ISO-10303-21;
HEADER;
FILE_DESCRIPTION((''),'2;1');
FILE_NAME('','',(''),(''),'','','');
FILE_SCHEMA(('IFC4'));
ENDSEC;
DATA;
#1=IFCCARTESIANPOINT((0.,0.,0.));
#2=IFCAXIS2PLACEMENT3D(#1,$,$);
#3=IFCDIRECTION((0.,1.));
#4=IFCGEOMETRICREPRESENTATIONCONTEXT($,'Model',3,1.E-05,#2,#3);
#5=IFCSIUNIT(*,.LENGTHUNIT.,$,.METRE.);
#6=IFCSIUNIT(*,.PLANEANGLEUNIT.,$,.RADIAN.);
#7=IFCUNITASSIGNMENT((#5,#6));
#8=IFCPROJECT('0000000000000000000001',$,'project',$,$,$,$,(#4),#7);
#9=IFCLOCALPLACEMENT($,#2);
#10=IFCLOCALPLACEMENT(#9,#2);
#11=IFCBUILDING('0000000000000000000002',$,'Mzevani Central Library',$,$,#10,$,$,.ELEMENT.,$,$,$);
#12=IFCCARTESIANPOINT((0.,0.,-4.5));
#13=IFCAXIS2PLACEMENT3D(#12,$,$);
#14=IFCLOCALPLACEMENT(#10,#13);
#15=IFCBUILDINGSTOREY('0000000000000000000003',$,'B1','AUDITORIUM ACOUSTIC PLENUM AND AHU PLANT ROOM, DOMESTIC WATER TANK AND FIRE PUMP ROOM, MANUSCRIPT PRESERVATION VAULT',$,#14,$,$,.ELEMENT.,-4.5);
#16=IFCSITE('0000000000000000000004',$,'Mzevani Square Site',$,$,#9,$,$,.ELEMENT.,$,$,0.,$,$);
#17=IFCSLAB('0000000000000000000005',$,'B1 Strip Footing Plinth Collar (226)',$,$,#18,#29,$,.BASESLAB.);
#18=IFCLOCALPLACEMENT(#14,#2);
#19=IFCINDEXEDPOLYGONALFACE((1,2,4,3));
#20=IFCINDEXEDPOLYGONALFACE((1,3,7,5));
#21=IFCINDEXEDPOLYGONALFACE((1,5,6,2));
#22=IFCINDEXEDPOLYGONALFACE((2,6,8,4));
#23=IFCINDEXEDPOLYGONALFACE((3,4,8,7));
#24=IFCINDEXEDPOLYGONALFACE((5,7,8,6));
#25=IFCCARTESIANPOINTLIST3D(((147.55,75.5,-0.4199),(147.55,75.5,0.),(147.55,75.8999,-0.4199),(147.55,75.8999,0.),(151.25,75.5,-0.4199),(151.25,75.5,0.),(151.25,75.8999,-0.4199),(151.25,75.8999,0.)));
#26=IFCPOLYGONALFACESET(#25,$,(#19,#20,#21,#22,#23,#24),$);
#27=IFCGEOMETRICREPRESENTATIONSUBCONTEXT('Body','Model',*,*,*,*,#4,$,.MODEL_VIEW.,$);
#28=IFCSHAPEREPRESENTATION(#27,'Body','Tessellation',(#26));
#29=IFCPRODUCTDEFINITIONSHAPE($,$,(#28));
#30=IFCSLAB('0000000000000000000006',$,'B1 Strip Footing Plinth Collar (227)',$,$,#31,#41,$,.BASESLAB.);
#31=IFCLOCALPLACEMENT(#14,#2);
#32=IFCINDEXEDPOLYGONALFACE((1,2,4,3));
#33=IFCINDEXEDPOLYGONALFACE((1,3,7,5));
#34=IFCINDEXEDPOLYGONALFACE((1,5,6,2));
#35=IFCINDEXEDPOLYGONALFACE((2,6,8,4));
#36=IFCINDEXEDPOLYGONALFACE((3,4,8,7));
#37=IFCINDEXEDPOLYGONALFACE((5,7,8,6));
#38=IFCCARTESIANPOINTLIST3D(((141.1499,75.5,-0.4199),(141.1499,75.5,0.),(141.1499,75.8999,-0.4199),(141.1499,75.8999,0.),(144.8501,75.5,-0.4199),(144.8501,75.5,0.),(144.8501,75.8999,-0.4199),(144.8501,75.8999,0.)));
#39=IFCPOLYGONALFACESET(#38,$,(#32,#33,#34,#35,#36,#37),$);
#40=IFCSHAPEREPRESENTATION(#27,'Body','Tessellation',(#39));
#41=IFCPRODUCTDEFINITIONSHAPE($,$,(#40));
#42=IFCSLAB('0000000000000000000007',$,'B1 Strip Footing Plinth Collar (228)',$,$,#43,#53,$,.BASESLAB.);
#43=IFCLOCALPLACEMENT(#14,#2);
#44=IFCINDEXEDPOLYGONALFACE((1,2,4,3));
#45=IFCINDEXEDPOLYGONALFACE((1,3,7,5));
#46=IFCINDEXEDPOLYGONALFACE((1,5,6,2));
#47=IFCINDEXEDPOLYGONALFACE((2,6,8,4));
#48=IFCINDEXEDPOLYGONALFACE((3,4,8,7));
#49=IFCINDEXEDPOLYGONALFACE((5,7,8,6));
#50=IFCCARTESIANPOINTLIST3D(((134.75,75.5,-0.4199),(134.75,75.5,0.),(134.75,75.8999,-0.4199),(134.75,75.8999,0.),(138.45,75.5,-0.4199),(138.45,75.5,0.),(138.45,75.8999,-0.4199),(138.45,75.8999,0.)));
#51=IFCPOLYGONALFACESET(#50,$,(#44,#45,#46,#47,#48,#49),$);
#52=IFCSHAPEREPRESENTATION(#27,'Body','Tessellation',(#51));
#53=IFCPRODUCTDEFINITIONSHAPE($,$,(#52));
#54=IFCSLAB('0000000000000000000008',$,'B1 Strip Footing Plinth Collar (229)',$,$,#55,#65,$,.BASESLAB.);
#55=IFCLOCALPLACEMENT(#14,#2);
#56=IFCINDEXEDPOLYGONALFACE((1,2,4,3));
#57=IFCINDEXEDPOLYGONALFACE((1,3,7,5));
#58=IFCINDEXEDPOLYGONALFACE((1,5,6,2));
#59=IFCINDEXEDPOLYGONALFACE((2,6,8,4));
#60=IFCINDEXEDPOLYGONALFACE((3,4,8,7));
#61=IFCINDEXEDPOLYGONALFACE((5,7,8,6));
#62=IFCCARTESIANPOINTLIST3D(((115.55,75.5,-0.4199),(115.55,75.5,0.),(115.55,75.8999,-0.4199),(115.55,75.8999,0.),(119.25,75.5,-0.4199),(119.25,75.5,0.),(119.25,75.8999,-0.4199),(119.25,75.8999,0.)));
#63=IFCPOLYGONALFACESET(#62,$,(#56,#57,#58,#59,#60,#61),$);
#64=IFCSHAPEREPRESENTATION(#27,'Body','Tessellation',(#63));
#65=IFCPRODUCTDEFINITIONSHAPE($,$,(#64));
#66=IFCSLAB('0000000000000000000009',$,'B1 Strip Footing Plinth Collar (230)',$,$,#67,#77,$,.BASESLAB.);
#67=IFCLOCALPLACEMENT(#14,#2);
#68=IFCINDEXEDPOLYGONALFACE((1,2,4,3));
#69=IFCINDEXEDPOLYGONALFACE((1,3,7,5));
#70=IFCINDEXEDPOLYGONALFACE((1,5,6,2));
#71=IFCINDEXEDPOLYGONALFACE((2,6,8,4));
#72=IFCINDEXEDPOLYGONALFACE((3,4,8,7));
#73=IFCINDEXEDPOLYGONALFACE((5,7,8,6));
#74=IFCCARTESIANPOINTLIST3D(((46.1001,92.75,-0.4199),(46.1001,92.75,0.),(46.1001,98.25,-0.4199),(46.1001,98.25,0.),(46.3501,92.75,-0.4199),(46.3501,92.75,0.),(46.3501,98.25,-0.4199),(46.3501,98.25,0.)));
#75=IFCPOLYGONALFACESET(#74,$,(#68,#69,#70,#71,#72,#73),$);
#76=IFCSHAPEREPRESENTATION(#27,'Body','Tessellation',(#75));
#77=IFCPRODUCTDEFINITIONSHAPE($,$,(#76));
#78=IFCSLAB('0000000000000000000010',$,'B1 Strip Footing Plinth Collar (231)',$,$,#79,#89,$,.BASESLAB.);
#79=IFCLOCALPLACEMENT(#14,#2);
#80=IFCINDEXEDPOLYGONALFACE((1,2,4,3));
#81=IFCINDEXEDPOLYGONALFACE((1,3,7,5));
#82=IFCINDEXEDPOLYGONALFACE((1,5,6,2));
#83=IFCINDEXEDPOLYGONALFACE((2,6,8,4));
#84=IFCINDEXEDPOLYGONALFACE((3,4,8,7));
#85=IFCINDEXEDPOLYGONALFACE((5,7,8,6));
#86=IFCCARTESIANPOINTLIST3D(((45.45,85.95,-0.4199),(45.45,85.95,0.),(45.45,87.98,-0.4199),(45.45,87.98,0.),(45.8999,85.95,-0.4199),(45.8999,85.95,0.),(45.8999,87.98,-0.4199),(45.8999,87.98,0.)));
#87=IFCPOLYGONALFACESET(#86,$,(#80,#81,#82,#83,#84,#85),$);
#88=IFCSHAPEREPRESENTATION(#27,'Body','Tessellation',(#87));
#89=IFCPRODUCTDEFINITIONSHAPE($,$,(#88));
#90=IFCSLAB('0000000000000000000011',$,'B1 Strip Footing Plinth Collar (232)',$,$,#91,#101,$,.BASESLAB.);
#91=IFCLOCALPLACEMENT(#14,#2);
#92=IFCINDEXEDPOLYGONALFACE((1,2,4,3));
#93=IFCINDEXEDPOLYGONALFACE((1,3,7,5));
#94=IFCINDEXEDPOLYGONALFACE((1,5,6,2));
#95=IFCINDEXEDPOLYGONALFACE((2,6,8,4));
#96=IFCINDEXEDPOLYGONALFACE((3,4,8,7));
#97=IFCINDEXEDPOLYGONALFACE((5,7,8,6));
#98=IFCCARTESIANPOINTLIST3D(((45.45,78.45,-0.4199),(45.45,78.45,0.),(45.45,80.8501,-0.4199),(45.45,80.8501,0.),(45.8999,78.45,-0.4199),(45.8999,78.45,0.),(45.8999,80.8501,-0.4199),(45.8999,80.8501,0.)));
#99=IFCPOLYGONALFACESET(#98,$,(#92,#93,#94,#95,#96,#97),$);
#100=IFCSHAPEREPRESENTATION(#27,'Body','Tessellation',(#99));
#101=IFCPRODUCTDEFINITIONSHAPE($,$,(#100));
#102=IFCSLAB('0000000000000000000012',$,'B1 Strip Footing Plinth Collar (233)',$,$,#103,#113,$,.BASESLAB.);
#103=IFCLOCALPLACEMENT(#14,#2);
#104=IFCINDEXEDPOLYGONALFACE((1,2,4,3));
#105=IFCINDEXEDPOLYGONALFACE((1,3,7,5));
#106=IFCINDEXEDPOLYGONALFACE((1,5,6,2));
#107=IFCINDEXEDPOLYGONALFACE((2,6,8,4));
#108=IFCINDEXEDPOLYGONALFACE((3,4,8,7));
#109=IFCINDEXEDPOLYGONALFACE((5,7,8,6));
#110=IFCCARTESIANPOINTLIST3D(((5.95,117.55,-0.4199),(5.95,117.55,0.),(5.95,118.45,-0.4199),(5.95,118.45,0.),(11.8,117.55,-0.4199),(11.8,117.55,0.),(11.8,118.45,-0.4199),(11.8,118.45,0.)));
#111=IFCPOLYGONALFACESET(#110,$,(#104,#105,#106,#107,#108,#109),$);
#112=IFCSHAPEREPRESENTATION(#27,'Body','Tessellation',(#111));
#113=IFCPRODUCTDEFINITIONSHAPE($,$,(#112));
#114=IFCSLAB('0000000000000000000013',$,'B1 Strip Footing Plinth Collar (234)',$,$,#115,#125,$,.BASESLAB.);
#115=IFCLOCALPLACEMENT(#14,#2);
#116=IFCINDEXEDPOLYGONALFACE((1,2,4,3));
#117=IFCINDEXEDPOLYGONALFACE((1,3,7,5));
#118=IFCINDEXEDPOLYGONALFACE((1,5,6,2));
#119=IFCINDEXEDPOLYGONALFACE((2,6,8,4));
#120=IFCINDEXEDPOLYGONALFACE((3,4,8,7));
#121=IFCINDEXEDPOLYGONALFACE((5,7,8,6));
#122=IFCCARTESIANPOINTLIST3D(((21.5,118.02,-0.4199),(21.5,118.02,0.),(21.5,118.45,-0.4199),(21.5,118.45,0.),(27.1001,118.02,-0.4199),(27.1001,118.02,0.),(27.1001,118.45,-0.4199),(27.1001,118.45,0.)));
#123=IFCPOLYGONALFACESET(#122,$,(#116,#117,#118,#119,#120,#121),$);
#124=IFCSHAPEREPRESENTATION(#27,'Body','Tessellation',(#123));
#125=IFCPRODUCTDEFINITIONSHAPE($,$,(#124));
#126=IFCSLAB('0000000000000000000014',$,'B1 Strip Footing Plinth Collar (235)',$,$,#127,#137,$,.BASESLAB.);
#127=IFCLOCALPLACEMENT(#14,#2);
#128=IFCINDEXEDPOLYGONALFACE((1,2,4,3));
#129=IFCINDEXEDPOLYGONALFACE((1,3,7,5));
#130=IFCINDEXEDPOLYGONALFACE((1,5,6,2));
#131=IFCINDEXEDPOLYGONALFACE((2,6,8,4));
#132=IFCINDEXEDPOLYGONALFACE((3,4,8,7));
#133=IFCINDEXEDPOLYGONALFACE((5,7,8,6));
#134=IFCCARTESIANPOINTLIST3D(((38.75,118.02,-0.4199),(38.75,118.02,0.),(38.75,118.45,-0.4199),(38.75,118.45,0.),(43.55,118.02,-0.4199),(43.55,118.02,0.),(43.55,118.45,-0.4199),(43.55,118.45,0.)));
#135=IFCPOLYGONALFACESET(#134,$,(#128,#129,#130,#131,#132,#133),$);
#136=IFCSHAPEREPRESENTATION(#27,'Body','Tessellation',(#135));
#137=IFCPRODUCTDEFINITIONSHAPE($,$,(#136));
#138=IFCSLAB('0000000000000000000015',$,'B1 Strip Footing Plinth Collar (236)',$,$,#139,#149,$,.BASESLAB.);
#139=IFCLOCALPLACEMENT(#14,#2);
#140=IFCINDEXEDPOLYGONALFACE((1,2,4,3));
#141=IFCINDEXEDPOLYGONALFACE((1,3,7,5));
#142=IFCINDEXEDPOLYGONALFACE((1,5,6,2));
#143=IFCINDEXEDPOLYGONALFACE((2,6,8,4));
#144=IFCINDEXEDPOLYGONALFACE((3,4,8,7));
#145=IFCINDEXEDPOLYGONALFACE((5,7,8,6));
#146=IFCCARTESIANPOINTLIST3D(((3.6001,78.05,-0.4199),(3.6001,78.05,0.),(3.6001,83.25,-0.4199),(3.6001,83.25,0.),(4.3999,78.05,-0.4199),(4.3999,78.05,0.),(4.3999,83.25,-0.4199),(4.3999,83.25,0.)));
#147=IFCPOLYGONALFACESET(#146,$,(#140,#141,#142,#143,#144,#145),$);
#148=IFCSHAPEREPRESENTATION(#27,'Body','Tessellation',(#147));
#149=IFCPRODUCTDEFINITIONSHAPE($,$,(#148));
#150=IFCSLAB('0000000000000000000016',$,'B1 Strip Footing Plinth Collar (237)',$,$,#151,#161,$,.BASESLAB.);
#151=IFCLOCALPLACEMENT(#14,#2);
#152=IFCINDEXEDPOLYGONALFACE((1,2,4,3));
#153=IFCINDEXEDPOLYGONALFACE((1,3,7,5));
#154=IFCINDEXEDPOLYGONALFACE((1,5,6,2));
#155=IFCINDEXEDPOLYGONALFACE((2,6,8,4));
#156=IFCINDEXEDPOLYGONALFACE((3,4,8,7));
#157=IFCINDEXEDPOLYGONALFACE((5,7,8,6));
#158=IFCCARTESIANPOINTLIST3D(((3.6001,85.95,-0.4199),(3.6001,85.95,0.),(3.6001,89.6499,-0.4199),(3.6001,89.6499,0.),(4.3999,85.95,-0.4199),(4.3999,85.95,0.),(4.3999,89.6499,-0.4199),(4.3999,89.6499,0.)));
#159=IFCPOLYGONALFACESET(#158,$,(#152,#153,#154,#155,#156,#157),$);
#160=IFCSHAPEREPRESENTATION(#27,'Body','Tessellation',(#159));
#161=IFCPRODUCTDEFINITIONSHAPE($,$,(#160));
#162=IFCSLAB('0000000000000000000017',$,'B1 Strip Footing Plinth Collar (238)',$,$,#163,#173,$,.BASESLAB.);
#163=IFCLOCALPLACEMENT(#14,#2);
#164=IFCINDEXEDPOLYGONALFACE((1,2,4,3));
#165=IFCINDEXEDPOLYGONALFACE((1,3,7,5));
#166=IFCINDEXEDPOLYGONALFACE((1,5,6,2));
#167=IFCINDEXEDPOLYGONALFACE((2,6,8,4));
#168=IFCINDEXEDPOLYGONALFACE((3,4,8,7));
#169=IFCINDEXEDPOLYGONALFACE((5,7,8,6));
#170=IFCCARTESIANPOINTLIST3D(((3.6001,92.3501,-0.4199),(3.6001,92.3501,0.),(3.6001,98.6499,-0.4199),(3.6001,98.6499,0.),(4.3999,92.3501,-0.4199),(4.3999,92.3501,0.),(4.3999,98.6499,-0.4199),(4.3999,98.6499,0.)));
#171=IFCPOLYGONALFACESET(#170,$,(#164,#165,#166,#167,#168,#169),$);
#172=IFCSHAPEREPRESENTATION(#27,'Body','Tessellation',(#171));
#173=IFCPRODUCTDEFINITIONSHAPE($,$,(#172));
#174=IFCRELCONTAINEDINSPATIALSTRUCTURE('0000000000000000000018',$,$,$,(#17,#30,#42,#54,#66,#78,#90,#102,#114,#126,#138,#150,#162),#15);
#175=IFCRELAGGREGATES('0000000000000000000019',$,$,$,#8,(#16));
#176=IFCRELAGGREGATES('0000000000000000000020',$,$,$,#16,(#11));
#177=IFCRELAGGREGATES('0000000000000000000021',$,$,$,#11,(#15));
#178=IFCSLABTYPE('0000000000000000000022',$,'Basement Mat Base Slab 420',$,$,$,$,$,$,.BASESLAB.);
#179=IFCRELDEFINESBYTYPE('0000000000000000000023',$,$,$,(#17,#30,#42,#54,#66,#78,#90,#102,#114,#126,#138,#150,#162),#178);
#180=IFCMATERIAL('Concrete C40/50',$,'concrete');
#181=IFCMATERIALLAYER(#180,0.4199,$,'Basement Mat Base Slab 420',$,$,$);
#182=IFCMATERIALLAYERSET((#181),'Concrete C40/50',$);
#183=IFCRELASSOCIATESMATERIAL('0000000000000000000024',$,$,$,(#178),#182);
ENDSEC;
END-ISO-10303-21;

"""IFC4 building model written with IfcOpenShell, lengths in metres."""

from ifc_helpers import new_model, si_unit, direction, frame, origin, place, context, subcontext, project, spatial, polyline, outline, extrude, material, layer, layer_set, type_object, element, save


model = new_model("IFC4")

# Units and contexts
model_context = context("Model", 3, precision=1e-05, world=origin(), true_north=direction((0.0, 1.0)))
body_context = subcontext(model_context, "Body", "Model", "MODEL_VIEW")
ifc_project = project(units=[si_unit("LENGTHUNIT", "METRE"), si_unit("PLANEANGLEUNIT", "RADIAN")], contexts=[model_context])

# Site, building, storey
site_placement = place(None, origin())
site = spatial("IfcSite", under=ifc_project, at=site_placement, Name="Mzevani Square Site", CompositionType="ELEMENT", RefElevation=0.0)
building_placement = place(site_placement, origin())
building = spatial("IfcBuilding", under=site, at=building_placement, Name="Mzevani Central Library", CompositionType="ELEMENT")
storey_placement = place(building_placement, frame((0.0, 0.0, -4.5)))
storey = spatial("IfcBuildingStorey", under=building, at=storey_placement, Name="B1", Description="AUDITORIUM ACOUSTIC PLENUM AND AHU PLANT ROOM, DOMESTIC WATER TANK AND FIRE PUMP ROOM, MANUSCRIPT PRESERVATION VAULT", CompositionType="ELEMENT", Elevation=-4.5)

# Slabs
ifc_material = material(Name="Concrete C40/50", Category="concrete")
ifc_layer = layer(ifc_material, 0.4199, Name="Basement Mat Base Slab 420")
ifc_layer_set = layer_set([ifc_layer], Name="Concrete C40/50")
slab_type = type_object("IfcSlabType", Name="Basement Mat Base Slab 420", PredefinedType="BASESLAB", material=ifc_layer_set)
slab_1_placement = place(storey_placement, frame((0.0, 0.0, -0.4199)))
element("IfcSlab", 1, at=slab_1_placement, inside=storey, type_object=slab_type, Name="B1 Strip Footing Plinth Collar (226)", PredefinedType="BASESLAB", context=body_context, shape_type="SweptSolid", body=[
    extrude(outline(polyline([(151.25, 75.5), (147.55, 75.5), (147.55, 75.8999), (151.25, 75.8999), (151.25, 75.5)])), origin(), (0.0, 0.0, 1.0), 0.4199),
])
slab_2_placement = place(storey_placement, frame((0.0, 0.0, -0.4199)))
element("IfcSlab", 2, at=slab_2_placement, inside=storey, type_object=slab_type, Name="B1 Strip Footing Plinth Collar (227)", PredefinedType="BASESLAB", context=body_context, shape_type="SweptSolid", body=[
    extrude(outline(polyline([(144.8501, 75.5), (141.1499, 75.5), (141.1499, 75.8999), (144.8501, 75.8999), (144.8501, 75.5)])), origin(), (0.0, 0.0, 1.0), 0.4199),
])
slab_3_placement = place(storey_placement, frame((0.0, 0.0, -0.4199)))
element("IfcSlab", 3, at=slab_3_placement, inside=storey, type_object=slab_type, Name="B1 Strip Footing Plinth Collar (228)", PredefinedType="BASESLAB", context=body_context, shape_type="SweptSolid", body=[
    extrude(outline(polyline([(138.45, 75.5), (134.75, 75.5), (134.75, 75.8999), (138.45, 75.8999), (138.45, 75.5)])), origin(), (0.0, 0.0, 1.0), 0.4199),
])
slab_4_placement = place(storey_placement, frame((0.0, 0.0, -0.4199)))
element("IfcSlab", 4, at=slab_4_placement, inside=storey, type_object=slab_type, Name="B1 Strip Footing Plinth Collar (229)", PredefinedType="BASESLAB", context=body_context, shape_type="SweptSolid", body=[
    extrude(outline(polyline([(119.25, 75.5), (115.55, 75.5), (115.55, 75.8999), (119.25, 75.8999), (119.25, 75.5)])), origin(), (0.0, 0.0, 1.0), 0.4199),
])
slab_5_placement = place(storey_placement, frame((0.0, 0.0, -0.4199)))
element("IfcSlab", 5, at=slab_5_placement, inside=storey, type_object=slab_type, Name="B1 Strip Footing Plinth Collar (230)", PredefinedType="BASESLAB", context=body_context, shape_type="SweptSolid", body=[
    extrude(outline(polyline([(46.3501, 92.75), (46.1001, 92.75), (46.1001, 98.25), (46.3501, 98.25), (46.3501, 92.75)])), origin(), (0.0, 0.0, 1.0), 0.4199),
])
slab_6_placement = place(storey_placement, frame((0.0, 0.0, -0.4199)))
element("IfcSlab", 6, at=slab_6_placement, inside=storey, type_object=slab_type, Name="B1 Strip Footing Plinth Collar (231)", PredefinedType="BASESLAB", context=body_context, shape_type="SweptSolid", body=[
    extrude(outline(polyline([(45.8999, 87.98), (45.8999, 85.95), (45.45, 85.95), (45.45, 87.98), (45.8999, 87.98)])), origin(), (0.0, 0.0, 1.0), 0.4199),
])
slab_7_placement = place(storey_placement, frame((0.0, 0.0, -0.4199)))
element("IfcSlab", 7, at=slab_7_placement, inside=storey, type_object=slab_type, Name="B1 Strip Footing Plinth Collar (232)", PredefinedType="BASESLAB", context=body_context, shape_type="SweptSolid", body=[
    extrude(outline(polyline([(45.8999, 80.8501), (45.8999, 78.45), (45.45, 78.45), (45.45, 80.8501), (45.8999, 80.8501)])), origin(), (0.0, 0.0, 1.0), 0.4199),
])
slab_8_placement = place(storey_placement, frame((0.0, 0.0, -0.4199)))
element("IfcSlab", 8, at=slab_8_placement, inside=storey, type_object=slab_type, Name="B1 Strip Footing Plinth Collar (233)", PredefinedType="BASESLAB", context=body_context, shape_type="SweptSolid", body=[
    extrude(outline(polyline([(5.95, 118.45), (11.8, 118.45), (11.8, 117.55), (5.95, 117.55), (5.95, 118.45)])), origin(), (0.0, 0.0, 1.0), 0.4199),
])
slab_9_placement = place(storey_placement, frame((0.0, 0.0, -0.4199)))
element("IfcSlab", 9, at=slab_9_placement, inside=storey, type_object=slab_type, Name="B1 Strip Footing Plinth Collar (234)", PredefinedType="BASESLAB", context=body_context, shape_type="SweptSolid", body=[
    extrude(outline(polyline([(27.1001, 118.45), (27.1001, 118.02), (21.5, 118.02), (21.5, 118.45), (27.1001, 118.45)])), origin(), (0.0, 0.0, 1.0), 0.4199),
])
slab_10_placement = place(storey_placement, frame((0.0, 0.0, -0.4199)))
element("IfcSlab", 10, at=slab_10_placement, inside=storey, type_object=slab_type, Name="B1 Strip Footing Plinth Collar (235)", PredefinedType="BASESLAB", context=body_context, shape_type="SweptSolid", body=[
    extrude(outline(polyline([(43.55, 118.45), (43.55, 118.02), (38.75, 118.02), (38.75, 118.45), (43.55, 118.45)])), origin(), (0.0, 0.0, 1.0), 0.4199),
])
slab_11_placement = place(storey_placement, frame((0.0, 0.0, -0.4199)))
element("IfcSlab", 11, at=slab_11_placement, inside=storey, type_object=slab_type, Name="B1 Strip Footing Plinth Collar (236)", PredefinedType="BASESLAB", context=body_context, shape_type="SweptSolid", body=[
    extrude(outline(polyline([(3.6001, 78.05), (3.6001, 83.25), (4.3999, 83.25), (4.3999, 78.05), (3.6001, 78.05)])), origin(), (0.0, 0.0, 1.0), 0.4199),
])
slab_12_placement = place(storey_placement, frame((0.0, 0.0, -0.4199)))
element("IfcSlab", 12, at=slab_12_placement, inside=storey, type_object=slab_type, Name="B1 Strip Footing Plinth Collar (237)", PredefinedType="BASESLAB", context=body_context, shape_type="SweptSolid", body=[
    extrude(outline(polyline([(3.6001, 85.95), (3.6001, 89.6499), (4.3999, 89.6499), (4.3999, 85.95), (3.6001, 85.95)])), origin(), (0.0, 0.0, 1.0), 0.4199),
])
slab_13_placement = place(storey_placement, frame((0.0, 0.0, -0.4199)))
element("IfcSlab", 13, at=slab_13_placement, inside=storey, type_object=slab_type, Name="B1 Strip Footing Plinth Collar (238)", PredefinedType="BASESLAB", context=body_context, shape_type="SweptSolid", body=[
    extrude(outline(polyline([(3.6001, 92.3501), (3.6001, 98.6499), (4.3999, 98.6499), (4.3999, 92.3501), (3.6001, 92.3501)])), origin(), (0.0, 0.0, 1.0), 0.4199),
])

save(model, "model.ifc")
